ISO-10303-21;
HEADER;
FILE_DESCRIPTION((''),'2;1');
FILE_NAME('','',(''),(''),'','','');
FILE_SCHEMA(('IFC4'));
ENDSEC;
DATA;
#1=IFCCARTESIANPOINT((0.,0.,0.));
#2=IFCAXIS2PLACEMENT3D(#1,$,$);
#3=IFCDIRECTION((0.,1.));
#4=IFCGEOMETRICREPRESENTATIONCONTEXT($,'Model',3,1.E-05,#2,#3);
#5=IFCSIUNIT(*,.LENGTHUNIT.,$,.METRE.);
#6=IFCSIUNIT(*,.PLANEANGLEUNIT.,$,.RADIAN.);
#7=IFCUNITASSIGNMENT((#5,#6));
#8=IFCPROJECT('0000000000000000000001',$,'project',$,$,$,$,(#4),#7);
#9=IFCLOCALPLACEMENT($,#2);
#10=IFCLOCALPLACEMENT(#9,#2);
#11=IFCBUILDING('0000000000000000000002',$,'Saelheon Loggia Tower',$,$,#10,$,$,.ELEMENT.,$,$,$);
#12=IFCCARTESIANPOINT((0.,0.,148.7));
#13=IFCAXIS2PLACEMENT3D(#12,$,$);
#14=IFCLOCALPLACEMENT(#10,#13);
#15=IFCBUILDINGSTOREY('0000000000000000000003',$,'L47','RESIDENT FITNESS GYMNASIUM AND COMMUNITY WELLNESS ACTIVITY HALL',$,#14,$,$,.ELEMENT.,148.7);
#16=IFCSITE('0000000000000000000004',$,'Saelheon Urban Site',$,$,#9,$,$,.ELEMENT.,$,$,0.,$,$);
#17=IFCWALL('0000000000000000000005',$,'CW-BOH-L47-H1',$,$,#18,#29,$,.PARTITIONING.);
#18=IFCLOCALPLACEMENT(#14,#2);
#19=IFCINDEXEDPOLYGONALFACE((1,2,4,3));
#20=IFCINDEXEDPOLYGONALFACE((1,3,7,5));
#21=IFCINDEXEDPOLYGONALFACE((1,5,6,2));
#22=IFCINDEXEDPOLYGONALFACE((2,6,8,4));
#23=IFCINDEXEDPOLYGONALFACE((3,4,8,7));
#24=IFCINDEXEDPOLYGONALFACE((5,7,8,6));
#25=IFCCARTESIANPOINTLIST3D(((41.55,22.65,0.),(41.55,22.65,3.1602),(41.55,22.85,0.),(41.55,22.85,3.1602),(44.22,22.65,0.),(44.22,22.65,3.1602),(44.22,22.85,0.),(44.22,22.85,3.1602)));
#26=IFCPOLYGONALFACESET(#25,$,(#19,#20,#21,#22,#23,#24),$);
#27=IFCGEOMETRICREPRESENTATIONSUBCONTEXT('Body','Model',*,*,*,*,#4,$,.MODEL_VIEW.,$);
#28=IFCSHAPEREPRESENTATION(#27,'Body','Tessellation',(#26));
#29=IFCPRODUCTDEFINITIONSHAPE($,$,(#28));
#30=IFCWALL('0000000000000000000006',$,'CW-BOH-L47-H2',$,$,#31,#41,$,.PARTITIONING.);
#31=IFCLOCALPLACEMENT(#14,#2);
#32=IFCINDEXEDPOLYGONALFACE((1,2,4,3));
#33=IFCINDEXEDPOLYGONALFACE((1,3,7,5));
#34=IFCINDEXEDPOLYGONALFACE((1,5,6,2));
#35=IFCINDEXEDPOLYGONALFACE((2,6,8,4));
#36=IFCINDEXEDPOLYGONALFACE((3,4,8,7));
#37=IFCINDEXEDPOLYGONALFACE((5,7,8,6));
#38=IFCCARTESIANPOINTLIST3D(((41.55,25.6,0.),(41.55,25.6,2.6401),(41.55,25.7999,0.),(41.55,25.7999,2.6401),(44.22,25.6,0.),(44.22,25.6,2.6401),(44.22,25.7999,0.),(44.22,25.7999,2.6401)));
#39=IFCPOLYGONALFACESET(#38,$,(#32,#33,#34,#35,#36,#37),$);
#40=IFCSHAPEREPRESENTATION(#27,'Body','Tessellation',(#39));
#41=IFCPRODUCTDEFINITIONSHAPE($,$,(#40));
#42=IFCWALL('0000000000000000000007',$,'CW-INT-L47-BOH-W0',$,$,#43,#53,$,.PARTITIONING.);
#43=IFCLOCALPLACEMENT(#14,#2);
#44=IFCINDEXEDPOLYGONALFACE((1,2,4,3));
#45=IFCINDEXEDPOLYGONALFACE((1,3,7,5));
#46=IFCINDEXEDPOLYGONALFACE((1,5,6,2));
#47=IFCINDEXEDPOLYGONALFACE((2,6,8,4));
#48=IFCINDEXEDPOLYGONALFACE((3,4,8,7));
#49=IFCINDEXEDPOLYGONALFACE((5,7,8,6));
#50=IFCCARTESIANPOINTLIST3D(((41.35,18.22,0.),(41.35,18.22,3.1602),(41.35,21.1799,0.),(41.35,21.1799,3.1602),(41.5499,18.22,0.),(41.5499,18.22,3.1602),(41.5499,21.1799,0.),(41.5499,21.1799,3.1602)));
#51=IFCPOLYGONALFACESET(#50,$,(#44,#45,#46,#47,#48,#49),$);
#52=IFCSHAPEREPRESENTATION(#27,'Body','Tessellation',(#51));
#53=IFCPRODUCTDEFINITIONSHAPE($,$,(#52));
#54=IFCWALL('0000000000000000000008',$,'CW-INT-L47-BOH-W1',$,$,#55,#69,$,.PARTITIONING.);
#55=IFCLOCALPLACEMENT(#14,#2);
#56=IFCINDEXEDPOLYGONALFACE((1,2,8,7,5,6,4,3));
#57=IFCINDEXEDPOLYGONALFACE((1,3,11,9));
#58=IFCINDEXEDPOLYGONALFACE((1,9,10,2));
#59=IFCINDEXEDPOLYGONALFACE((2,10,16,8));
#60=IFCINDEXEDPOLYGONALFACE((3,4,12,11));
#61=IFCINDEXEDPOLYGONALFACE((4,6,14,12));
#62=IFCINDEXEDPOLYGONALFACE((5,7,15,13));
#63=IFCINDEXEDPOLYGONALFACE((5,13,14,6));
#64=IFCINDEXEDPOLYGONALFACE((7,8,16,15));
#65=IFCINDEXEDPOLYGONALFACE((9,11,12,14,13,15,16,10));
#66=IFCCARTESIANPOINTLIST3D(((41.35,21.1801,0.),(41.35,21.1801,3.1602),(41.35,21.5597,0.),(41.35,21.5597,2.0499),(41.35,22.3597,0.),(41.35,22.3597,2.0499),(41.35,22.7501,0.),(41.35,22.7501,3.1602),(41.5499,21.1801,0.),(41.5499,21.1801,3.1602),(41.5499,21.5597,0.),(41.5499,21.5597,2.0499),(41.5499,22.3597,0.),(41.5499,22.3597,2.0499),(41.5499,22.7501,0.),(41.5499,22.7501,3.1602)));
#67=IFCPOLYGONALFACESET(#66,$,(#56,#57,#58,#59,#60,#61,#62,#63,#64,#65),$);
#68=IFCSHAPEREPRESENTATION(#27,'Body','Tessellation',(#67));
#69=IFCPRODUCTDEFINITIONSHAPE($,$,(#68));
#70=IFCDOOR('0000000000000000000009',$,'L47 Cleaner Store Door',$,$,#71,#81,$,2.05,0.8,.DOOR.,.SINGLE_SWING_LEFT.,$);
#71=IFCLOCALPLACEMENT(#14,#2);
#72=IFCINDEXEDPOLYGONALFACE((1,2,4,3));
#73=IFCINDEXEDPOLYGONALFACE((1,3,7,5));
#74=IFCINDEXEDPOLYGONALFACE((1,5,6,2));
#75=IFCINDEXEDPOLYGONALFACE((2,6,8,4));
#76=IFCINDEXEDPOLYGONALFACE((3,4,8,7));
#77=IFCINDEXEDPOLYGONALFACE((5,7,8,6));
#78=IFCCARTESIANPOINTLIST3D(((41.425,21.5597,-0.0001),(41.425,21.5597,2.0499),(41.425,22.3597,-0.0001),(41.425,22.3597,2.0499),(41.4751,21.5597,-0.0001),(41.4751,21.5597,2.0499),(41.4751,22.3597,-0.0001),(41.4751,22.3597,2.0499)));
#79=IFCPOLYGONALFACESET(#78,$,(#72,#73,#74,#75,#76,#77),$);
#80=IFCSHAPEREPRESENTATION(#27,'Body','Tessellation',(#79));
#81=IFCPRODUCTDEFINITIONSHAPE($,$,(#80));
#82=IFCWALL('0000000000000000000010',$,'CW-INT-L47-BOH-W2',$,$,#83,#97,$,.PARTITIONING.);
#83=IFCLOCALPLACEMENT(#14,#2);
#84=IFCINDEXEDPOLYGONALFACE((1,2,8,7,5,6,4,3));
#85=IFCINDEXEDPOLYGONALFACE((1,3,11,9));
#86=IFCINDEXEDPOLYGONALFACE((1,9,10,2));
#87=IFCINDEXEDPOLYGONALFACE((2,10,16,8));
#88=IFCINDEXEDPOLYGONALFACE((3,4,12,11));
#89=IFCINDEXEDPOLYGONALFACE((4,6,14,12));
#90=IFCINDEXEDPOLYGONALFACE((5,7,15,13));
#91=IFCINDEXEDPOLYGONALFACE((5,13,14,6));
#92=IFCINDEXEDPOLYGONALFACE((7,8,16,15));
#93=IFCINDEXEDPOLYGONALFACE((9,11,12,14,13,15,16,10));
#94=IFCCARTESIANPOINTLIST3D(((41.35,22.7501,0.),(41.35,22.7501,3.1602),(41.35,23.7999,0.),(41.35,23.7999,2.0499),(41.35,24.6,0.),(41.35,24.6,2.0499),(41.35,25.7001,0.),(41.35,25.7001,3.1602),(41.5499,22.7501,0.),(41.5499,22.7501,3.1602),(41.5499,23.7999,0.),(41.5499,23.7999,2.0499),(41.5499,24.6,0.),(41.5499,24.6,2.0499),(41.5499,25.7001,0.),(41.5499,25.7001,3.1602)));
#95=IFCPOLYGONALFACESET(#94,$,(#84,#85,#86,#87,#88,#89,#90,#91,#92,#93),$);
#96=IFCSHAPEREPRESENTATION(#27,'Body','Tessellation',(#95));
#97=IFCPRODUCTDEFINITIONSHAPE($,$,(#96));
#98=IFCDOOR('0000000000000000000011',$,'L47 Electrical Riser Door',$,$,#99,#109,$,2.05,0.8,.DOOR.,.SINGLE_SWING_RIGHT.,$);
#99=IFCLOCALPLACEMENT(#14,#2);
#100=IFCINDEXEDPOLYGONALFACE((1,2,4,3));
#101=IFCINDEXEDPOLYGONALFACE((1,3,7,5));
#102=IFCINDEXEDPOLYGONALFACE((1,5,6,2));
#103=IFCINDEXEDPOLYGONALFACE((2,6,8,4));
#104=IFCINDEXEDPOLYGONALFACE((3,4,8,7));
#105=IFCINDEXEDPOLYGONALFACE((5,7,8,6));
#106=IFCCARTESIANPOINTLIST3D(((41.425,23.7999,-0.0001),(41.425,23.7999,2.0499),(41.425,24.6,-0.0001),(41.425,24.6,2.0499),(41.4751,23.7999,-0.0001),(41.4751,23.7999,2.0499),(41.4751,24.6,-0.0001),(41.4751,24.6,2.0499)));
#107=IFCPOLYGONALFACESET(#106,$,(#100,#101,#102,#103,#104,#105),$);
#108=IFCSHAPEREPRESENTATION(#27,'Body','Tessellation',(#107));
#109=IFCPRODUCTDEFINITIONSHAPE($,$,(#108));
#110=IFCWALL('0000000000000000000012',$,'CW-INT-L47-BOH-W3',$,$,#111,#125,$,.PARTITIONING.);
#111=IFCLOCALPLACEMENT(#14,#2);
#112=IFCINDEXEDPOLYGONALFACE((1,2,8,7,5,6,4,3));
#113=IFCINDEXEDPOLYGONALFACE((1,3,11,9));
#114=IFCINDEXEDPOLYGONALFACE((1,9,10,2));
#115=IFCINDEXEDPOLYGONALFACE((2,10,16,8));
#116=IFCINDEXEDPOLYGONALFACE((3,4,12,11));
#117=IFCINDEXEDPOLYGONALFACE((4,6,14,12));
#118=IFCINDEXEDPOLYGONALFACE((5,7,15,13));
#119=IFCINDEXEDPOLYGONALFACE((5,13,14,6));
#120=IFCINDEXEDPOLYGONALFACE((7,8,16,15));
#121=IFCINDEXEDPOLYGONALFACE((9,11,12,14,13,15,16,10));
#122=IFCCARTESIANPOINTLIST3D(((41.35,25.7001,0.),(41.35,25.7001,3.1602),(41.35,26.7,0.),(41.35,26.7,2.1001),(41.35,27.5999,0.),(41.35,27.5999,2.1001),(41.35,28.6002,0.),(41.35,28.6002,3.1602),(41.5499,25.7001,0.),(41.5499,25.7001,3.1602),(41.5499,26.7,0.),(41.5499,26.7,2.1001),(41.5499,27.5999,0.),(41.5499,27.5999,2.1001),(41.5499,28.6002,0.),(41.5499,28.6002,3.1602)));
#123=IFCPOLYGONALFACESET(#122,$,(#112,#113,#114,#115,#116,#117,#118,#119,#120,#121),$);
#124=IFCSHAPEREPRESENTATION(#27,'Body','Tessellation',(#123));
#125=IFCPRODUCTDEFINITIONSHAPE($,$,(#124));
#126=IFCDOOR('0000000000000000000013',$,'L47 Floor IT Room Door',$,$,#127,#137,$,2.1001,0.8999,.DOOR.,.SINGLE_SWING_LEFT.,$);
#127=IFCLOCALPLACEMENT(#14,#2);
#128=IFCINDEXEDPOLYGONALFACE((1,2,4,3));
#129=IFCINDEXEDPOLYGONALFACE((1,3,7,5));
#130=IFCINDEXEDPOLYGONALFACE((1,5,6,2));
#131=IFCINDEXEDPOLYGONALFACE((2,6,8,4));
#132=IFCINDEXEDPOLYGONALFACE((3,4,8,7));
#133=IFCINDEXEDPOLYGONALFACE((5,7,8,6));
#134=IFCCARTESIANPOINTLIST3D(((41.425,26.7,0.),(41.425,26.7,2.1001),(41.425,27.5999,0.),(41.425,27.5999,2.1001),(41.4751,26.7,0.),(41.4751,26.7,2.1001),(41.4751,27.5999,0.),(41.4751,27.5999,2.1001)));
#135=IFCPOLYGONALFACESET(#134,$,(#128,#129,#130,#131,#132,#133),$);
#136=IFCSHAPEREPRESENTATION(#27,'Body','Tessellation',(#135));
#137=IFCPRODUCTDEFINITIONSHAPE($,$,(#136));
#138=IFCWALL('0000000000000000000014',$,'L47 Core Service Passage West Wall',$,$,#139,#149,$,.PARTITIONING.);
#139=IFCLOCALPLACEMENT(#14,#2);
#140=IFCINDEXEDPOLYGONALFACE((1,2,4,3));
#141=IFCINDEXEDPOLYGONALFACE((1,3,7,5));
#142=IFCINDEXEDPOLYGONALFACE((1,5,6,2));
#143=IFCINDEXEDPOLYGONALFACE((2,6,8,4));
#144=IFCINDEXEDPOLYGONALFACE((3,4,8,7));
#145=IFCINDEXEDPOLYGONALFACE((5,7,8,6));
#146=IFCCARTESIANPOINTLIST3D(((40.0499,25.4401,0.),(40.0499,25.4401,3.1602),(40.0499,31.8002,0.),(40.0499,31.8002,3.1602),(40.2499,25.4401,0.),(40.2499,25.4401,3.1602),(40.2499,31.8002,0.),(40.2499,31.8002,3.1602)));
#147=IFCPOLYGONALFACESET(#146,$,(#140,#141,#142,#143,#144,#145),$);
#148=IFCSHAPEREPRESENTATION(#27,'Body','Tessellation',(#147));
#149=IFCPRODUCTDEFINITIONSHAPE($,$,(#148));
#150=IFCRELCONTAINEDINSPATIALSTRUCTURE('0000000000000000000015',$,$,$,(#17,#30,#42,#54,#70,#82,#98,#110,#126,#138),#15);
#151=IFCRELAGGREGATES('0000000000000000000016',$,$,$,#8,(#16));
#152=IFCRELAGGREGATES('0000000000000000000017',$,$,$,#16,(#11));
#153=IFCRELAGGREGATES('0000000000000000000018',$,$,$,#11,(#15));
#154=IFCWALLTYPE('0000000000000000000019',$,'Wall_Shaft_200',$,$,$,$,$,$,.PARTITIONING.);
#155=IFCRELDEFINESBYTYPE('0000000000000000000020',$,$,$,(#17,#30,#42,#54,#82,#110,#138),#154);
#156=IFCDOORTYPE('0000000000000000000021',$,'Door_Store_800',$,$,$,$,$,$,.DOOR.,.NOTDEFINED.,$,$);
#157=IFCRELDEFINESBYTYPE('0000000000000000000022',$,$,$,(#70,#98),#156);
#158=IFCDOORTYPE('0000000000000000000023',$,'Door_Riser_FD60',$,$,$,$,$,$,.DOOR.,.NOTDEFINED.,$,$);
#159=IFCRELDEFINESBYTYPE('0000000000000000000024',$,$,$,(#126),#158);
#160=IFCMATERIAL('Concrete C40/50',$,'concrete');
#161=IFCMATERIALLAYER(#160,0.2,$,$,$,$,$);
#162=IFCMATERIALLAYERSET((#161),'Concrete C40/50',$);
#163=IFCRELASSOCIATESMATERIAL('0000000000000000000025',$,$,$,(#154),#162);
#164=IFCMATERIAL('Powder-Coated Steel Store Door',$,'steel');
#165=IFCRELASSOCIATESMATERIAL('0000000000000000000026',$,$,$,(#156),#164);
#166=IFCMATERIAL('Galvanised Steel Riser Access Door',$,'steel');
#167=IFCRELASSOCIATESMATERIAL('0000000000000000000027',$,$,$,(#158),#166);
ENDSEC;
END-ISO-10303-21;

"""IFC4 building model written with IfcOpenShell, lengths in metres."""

from ifc_helpers import new_model, si_unit, direction, frame, frame_2d, origin, place, context, subcontext, project, spatial, rectangle, extrude, source, transform, mapped, material, layer, layer_set, type_object, element, fill, save


model = new_model("IFC4")

# Units and contexts
model_context = context("Model", 3, precision=1e-05, world=origin(), true_north=direction((0.0, 1.0)))
body_context = subcontext(model_context, "Body", "Model", "MODEL_VIEW")
ifc_project = project(units=[si_unit("LENGTHUNIT", "METRE"), si_unit("PLANEANGLEUNIT", "RADIAN")], contexts=[model_context])

# Site, building, storey
site_placement = place(None, origin())
site = spatial("IfcSite", under=ifc_project, at=site_placement, Name="Saelheon Urban Site", CompositionType="ELEMENT", RefElevation=0.0)
building_placement = place(site_placement, origin())
building = spatial("IfcBuilding", under=site, at=building_placement, Name="Saelheon Loggia Tower", CompositionType="ELEMENT")
storey_placement = place(building_placement, frame((0.0, 0.0, 148.7)))
storey = spatial("IfcBuildingStorey", under=building, at=storey_placement, Name="L47", Description="RESIDENT FITNESS GYMNASIUM AND COMMUNITY WELLNESS ACTIVITY HALL", CompositionType="ELEMENT", Elevation=148.7)

# Walls
ifc_material_1 = material(Name="Concrete C40/50", Category="concrete")
ifc_layer = layer(ifc_material_1, 0.2)
ifc_layer_set = layer_set([ifc_layer], Name="Concrete C40/50")
wall_type = type_object("IfcWallType", Name="Wall_Shaft_200", PredefinedType="PARTITIONING", material=ifc_layer_set)
wall_1_placement = place(storey_placement, frame((41.55, 22.75, 0.0), z_axis=(0.0, 0.0, 1.0), x_axis=(1.0, 0.0, 0.0)))
element("IfcWall", 1, at=wall_1_placement, inside=storey, type_object=wall_type, Name="CW-BOH-L47-H1", PredefinedType="PARTITIONING", context=body_context, shape_type="SweptSolid", body=[
    extrude(rectangle(XDim=2.6699, YDim=0.2, at=frame_2d((1.335, 0.0))), origin(), (0.0, 0.0, 1.0), 3.1602),
])
wall_2_placement = place(storey_placement, frame((41.55, 25.7, 0.0), z_axis=(0.0, 0.0, 1.0), x_axis=(1.0, 0.0, 0.0)))
element("IfcWall", 2, at=wall_2_placement, inside=storey, type_object=wall_type, Name="CW-BOH-L47-H2", PredefinedType="PARTITIONING", context=body_context, shape_type="SweptSolid", body=[
    extrude(rectangle(XDim=2.6699, YDim=0.2, at=frame_2d((1.335, 0.0))), origin(), (0.0, 0.0, 1.0), 2.6401),
])
wall_3_placement = place(storey_placement, frame((41.45, 18.22, 0.0), z_axis=(0.0, 0.0, 1.0), x_axis=(0.0, 1.0, 0.0)))
element("IfcWall", 3, at=wall_3_placement, inside=storey, type_object=wall_type, Name="CW-INT-L47-BOH-W0", PredefinedType="PARTITIONING", context=body_context, shape_type="SweptSolid", body=[
    extrude(rectangle(XDim=2.96, YDim=0.2, at=frame_2d((1.48, 0.0))), origin(), (0.0, 0.0, 1.0), 3.1602),
])

# Walls, openings, doors
wall_4_placement = place(storey_placement, frame((41.45, 21.1799, 0.0), z_axis=(0.0, 0.0, 1.0), x_axis=(0.0, 1.0, 0.0)))
wall_4 = element("IfcWall", 4, at=wall_4_placement, inside=storey, type_object=wall_type, Name="CW-INT-L47-BOH-W1", PredefinedType="PARTITIONING", context=body_context, shape_type="SweptSolid", body=[
    extrude(rectangle(XDim=1.5701, YDim=0.2, at=frame_2d((0.7852, 0.0))), origin(), (0.0, 0.0, 1.0), 3.1602),
])
opening_1_placement = place(wall_4_placement, frame((0.3799, 0.0, 0.0)))
opening_1 = element("IfcOpeningElement", 5, at=opening_1_placement, cuts=wall_4, PredefinedType="OPENING", context=body_context, shape_type="SweptSolid", body=[
    extrude(rectangle(XDim=0.8, YDim=2.05, at=frame_2d((0.3999, 1.0249))), frame((0.0, 0.1121, 0.0), z_axis=(0.0, -1.0, 0.0), x_axis=(1.0, 0.0, 0.0)), (0.0, 0.0, 1.0), 0.2239),
])
ifc_material_2 = material(Name="Powder-Coated Steel Store Door", Category="steel")
door_type_1 = type_object("IfcDoorType", Name="Door_Store_800", OperationType="NOTDEFINED", PredefinedType="DOOR", material=ifc_material_2)
shared_shape_1 = source(origin(), body_context, "Body", "SweptSolid", [
    extrude(rectangle(XDim=0.8, YDim=2.05, at=frame_2d((0.3999, 1.0249))), frame((0.0, 0.0249, 0.0), z_axis=(0.0, -1.0, 0.0), x_axis=(1.0, 0.0, 0.0)), (0.0, 0.0, 1.0), 0.05),
])
door_1_placement = place(opening_1_placement, origin())
door_1 = element("IfcDoor", 6, at=door_1_placement, inside=storey, type_object=door_type_1, Name="L47 Cleaner Store Door", OperationType="SINGLE_SWING_LEFT", OverallHeight=2.05, OverallWidth=0.8, PredefinedType="DOOR", context=body_context, shape_type="MappedRepresentation", body=[
    mapped(shared_shape_1, transform((0.0, 0.0, 0.0), scale=1.0)),
])
fill(opening_1, door_1)
wall_5_placement = place(storey_placement, frame((41.45, 22.75, 0.0), z_axis=(0.0, 0.0, 1.0), x_axis=(0.0, 1.0, 0.0)))
wall_5 = element("IfcWall", 7, at=wall_5_placement, inside=storey, type_object=wall_type, Name="CW-INT-L47-BOH-W2", PredefinedType="PARTITIONING", context=body_context, shape_type="SweptSolid", body=[
    extrude(rectangle(XDim=2.95, YDim=0.2, at=frame_2d((1.4751, 0.0))), origin(), (0.0, 0.0, 1.0), 3.1602),
])
opening_2_placement = place(wall_5_placement, frame((1.05, 0.0, 0.0)))
opening_2 = element("IfcOpeningElement", 8, at=opening_2_placement, cuts=wall_5, PredefinedType="OPENING", context=body_context, shape_type="SweptSolid", body=[
    extrude(rectangle(XDim=0.8, YDim=2.05, at=frame_2d((0.3999, 1.0249))), frame((0.0, 0.1121, 0.0), z_axis=(0.0, -1.0, 0.0), x_axis=(1.0, 0.0, 0.0)), (0.0, 0.0, 1.0), 0.2239),
])
door_2_placement = place(opening_2_placement, origin())
door_2 = element("IfcDoor", 9, at=door_2_placement, inside=storey, type_object=door_type_1, Name="L47 Electrical Riser Door", OperationType="SINGLE_SWING_RIGHT", OverallHeight=2.05, OverallWidth=0.8, PredefinedType="DOOR", context=body_context, shape_type="MappedRepresentation", body=[
    mapped(shared_shape_1, transform((0.0, 0.0, 0.0), scale=1.0)),
])
fill(opening_2, door_2)
wall_6_placement = place(storey_placement, frame((41.45, 25.7, 0.0), z_axis=(0.0, 0.0, 1.0), x_axis=(0.0, 1.0, 0.0)))
wall_6 = element("IfcWall", 10, at=wall_6_placement, inside=storey, type_object=wall_type, Name="CW-INT-L47-BOH-W3", PredefinedType="PARTITIONING", context=body_context, shape_type="SweptSolid", body=[
    extrude(rectangle(XDim=2.9001, YDim=0.2, at=frame_2d((1.4502, 0.0))), origin(), (0.0, 0.0, 1.0), 3.1602),
])
opening_3_placement = place(wall_6_placement, frame((1.0, 0.0, 0.0)))
opening_3 = element("IfcOpeningElement", 11, at=opening_3_placement, cuts=wall_6, PredefinedType="OPENING", context=body_context, shape_type="SweptSolid", body=[
    extrude(rectangle(XDim=0.8999, YDim=2.1001, at=frame_2d((0.45, 1.05))), frame((0.0, 0.1121, 0.0), z_axis=(0.0, -1.0, 0.0), x_axis=(1.0, 0.0, 0.0)), (0.0, 0.0, 1.0), 0.2239),
])
ifc_material_3 = material(Name="Galvanised Steel Riser Access Door", Category="steel")
door_type_2 = type_object("IfcDoorType", Name="Door_Riser_FD60", OperationType="NOTDEFINED", PredefinedType="DOOR", material=ifc_material_3)
shared_shape_2 = source(origin(), body_context, "Body", "SweptSolid", [
    extrude(rectangle(XDim=0.8999, YDim=2.1001, at=frame_2d((0.45, 1.05))), frame((0.0, 0.0249, 0.0), z_axis=(0.0, -1.0, 0.0), x_axis=(1.0, 0.0, 0.0)), (0.0, 0.0, 1.0), 0.05),
])
door_3_placement = place(opening_3_placement, origin())
door_3 = element("IfcDoor", 12, at=door_3_placement, inside=storey, type_object=door_type_2, Name="L47 Floor IT Room Door", OperationType="SINGLE_SWING_LEFT", OverallHeight=2.1001, OverallWidth=0.8999, PredefinedType="DOOR", context=body_context, shape_type="MappedRepresentation", body=[
    mapped(shared_shape_2, transform((0.0, 0.0, 0.0), scale=1.0)),
])
fill(opening_3, door_3)

# Wall
wall_7_placement = place(storey_placement, frame((40.1499, 25.4399, 0.0), z_axis=(0.0, 0.0, 1.0), x_axis=(0.0, 1.0, 0.0)))
element("IfcWall", 13, at=wall_7_placement, inside=storey, type_object=wall_type, Name="L47 Core Service Passage West Wall", PredefinedType="PARTITIONING", context=body_context, shape_type="SweptSolid", body=[
    extrude(rectangle(XDim=6.3601, YDim=0.2, at=frame_2d((3.1802, 0.0))), origin(), (0.0, 0.0, 1.0), 3.1602),
])

save(model, "model.ifc")
